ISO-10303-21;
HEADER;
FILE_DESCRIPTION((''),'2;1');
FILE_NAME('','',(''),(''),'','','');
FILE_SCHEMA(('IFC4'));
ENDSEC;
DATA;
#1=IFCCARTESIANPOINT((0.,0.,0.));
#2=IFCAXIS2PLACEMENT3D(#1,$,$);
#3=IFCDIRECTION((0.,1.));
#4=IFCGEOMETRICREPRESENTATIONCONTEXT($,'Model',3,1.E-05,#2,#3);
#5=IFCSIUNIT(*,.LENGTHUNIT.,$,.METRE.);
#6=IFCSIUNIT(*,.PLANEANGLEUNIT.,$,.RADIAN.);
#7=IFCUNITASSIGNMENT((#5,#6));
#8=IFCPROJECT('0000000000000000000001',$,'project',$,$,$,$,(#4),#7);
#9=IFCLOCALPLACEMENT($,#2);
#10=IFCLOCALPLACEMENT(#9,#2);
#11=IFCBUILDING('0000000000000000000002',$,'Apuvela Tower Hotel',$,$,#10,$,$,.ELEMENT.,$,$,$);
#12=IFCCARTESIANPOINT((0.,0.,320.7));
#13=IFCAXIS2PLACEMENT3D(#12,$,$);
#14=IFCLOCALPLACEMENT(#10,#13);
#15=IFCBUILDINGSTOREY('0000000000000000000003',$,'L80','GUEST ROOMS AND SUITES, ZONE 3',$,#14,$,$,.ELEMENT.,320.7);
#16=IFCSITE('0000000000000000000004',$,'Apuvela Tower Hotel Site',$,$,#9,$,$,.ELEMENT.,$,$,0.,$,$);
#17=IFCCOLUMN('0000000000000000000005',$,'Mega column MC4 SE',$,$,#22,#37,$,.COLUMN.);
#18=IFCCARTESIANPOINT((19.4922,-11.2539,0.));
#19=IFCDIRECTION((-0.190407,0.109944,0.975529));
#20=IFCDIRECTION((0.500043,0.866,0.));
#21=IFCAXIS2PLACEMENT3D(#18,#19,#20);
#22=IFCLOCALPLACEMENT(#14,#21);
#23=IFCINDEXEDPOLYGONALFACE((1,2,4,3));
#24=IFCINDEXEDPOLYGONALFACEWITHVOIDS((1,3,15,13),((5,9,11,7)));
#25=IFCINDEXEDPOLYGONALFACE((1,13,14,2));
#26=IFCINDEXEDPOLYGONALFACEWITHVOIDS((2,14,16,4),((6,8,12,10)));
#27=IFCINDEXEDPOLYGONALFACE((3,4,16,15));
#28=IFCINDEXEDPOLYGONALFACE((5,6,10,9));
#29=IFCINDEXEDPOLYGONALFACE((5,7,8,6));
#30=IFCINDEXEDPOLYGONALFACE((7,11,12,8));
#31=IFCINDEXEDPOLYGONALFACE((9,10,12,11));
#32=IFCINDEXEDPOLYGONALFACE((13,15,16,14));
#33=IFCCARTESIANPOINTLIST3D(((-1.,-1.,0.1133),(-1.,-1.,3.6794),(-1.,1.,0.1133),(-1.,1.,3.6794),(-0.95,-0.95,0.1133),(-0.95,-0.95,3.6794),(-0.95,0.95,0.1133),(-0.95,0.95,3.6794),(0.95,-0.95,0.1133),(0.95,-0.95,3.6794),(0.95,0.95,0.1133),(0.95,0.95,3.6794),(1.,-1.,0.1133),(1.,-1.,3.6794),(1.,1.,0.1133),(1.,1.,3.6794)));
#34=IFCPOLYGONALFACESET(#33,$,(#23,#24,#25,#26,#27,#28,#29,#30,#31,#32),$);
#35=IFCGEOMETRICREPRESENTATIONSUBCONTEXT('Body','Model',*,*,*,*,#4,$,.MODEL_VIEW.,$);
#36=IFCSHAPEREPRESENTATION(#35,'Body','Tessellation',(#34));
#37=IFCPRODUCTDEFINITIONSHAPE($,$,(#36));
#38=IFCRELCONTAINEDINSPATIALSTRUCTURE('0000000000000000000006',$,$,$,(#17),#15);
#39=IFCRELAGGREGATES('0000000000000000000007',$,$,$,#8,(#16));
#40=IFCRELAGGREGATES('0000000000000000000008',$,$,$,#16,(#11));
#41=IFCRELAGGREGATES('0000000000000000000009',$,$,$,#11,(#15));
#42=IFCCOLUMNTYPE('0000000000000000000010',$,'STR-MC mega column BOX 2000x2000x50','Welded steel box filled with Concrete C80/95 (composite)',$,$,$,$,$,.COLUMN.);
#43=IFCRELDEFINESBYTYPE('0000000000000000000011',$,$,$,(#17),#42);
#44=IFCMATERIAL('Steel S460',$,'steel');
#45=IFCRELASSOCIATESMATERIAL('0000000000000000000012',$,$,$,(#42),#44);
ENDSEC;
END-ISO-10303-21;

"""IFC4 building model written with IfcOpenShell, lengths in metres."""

from ifc_helpers import new_model, si_unit, direction, frame, origin, origin_2d, place, context, subcontext, project, spatial, rectangle, hollow_rectangle, extrude, boolean, halfspace, material, material_profile, profile_set, type_object, element, save


model = new_model("IFC4")

# Units and contexts
model_context = context("Model", 3, precision=1e-05, world=origin(), true_north=direction((0.0, 1.0)))
body_context = subcontext(model_context, "Body", "Model", "MODEL_VIEW")
ifc_project = project(units=[si_unit("LENGTHUNIT", "METRE"), si_unit("PLANEANGLEUNIT", "RADIAN")], contexts=[model_context])

# Site, building, storey
site_placement = place(None, origin())
site = spatial("IfcSite", under=ifc_project, at=site_placement, Name="Apuvela Tower Hotel Site", CompositionType="ELEMENT", RefElevation=0.0)
building_placement = place(site_placement, origin())
building = spatial("IfcBuilding", under=site, at=building_placement, Name="Apuvela Tower Hotel", CompositionType="ELEMENT")
storey_placement = place(building_placement, frame((0.0, 0.0, 320.7)))
storey = spatial("IfcBuildingStorey", under=building, at=storey_placement, Name="L80", Description="GUEST ROOMS AND SUITES, ZONE 3", CompositionType="ELEMENT", Elevation=320.7)

# Column
ifc_material_1 = material(Name="Steel S460", Category="steel")
ifc_material_profile_1 = material_profile(ifc_material_1, hollow_rectangle(XDim=2.0, YDim=2.0, WallThickness=0.05, at=origin_2d()), Name="BOX 2000x2000x50")
ifc_material_2 = material(Name="Concrete C80/95", Category="concrete")
ifc_material_profile_2 = material_profile(ifc_material_2, rectangle(XDim=1.8999, YDim=1.8999, at=origin_2d()), Name="Concrete C80/95 infill")
ifc_profile_set_1 = profile_set([ifc_material_profile_1, ifc_material_profile_2], Name="Steel S460")
column_type_1 = type_object("IfcColumnType", Name="STR-MC mega column BOX 2000x2000x50", Description="Welded steel box filled with Concrete C80/95 (composite)", PredefinedType="COLUMN", material=ifc_profile_set_1)
column_1_placement = place(storey_placement, frame((19.4922, -11.2539, 0.0), z_axis=(-0.190407, 0.109944, 0.975529), x_axis=(0.500043, 0.866, 0.0)))
element("IfcColumn", 1, at=column_1_placement, inside=storey, type_object=column_type_1, Name="Mega column MC4 SE", PredefinedType="COLUMN", context=body_context, shape_type="SweptSolid", body=[
    boolean("DIFFERENCE", boolean("DIFFERENCE", extrude(hollow_rectangle(XDim=2.0, YDim=2.0, WallThickness=0.05, at=origin_2d()), origin(), (0.0, 0.0, 1.0), 3.7927), halfspace(frame((0.0, 0.0, 0.1133), z_axis=(0.0, 0.0, 1.0), x_axis=(1.0, 0.0, 0.0)), True)), halfspace(frame((0.0, 0.0, 3.6794), z_axis=(0.0, 0.0, 1.0), x_axis=(1.0, 0.0, 0.0)), False)),
])

save(model, "model.ifc")
